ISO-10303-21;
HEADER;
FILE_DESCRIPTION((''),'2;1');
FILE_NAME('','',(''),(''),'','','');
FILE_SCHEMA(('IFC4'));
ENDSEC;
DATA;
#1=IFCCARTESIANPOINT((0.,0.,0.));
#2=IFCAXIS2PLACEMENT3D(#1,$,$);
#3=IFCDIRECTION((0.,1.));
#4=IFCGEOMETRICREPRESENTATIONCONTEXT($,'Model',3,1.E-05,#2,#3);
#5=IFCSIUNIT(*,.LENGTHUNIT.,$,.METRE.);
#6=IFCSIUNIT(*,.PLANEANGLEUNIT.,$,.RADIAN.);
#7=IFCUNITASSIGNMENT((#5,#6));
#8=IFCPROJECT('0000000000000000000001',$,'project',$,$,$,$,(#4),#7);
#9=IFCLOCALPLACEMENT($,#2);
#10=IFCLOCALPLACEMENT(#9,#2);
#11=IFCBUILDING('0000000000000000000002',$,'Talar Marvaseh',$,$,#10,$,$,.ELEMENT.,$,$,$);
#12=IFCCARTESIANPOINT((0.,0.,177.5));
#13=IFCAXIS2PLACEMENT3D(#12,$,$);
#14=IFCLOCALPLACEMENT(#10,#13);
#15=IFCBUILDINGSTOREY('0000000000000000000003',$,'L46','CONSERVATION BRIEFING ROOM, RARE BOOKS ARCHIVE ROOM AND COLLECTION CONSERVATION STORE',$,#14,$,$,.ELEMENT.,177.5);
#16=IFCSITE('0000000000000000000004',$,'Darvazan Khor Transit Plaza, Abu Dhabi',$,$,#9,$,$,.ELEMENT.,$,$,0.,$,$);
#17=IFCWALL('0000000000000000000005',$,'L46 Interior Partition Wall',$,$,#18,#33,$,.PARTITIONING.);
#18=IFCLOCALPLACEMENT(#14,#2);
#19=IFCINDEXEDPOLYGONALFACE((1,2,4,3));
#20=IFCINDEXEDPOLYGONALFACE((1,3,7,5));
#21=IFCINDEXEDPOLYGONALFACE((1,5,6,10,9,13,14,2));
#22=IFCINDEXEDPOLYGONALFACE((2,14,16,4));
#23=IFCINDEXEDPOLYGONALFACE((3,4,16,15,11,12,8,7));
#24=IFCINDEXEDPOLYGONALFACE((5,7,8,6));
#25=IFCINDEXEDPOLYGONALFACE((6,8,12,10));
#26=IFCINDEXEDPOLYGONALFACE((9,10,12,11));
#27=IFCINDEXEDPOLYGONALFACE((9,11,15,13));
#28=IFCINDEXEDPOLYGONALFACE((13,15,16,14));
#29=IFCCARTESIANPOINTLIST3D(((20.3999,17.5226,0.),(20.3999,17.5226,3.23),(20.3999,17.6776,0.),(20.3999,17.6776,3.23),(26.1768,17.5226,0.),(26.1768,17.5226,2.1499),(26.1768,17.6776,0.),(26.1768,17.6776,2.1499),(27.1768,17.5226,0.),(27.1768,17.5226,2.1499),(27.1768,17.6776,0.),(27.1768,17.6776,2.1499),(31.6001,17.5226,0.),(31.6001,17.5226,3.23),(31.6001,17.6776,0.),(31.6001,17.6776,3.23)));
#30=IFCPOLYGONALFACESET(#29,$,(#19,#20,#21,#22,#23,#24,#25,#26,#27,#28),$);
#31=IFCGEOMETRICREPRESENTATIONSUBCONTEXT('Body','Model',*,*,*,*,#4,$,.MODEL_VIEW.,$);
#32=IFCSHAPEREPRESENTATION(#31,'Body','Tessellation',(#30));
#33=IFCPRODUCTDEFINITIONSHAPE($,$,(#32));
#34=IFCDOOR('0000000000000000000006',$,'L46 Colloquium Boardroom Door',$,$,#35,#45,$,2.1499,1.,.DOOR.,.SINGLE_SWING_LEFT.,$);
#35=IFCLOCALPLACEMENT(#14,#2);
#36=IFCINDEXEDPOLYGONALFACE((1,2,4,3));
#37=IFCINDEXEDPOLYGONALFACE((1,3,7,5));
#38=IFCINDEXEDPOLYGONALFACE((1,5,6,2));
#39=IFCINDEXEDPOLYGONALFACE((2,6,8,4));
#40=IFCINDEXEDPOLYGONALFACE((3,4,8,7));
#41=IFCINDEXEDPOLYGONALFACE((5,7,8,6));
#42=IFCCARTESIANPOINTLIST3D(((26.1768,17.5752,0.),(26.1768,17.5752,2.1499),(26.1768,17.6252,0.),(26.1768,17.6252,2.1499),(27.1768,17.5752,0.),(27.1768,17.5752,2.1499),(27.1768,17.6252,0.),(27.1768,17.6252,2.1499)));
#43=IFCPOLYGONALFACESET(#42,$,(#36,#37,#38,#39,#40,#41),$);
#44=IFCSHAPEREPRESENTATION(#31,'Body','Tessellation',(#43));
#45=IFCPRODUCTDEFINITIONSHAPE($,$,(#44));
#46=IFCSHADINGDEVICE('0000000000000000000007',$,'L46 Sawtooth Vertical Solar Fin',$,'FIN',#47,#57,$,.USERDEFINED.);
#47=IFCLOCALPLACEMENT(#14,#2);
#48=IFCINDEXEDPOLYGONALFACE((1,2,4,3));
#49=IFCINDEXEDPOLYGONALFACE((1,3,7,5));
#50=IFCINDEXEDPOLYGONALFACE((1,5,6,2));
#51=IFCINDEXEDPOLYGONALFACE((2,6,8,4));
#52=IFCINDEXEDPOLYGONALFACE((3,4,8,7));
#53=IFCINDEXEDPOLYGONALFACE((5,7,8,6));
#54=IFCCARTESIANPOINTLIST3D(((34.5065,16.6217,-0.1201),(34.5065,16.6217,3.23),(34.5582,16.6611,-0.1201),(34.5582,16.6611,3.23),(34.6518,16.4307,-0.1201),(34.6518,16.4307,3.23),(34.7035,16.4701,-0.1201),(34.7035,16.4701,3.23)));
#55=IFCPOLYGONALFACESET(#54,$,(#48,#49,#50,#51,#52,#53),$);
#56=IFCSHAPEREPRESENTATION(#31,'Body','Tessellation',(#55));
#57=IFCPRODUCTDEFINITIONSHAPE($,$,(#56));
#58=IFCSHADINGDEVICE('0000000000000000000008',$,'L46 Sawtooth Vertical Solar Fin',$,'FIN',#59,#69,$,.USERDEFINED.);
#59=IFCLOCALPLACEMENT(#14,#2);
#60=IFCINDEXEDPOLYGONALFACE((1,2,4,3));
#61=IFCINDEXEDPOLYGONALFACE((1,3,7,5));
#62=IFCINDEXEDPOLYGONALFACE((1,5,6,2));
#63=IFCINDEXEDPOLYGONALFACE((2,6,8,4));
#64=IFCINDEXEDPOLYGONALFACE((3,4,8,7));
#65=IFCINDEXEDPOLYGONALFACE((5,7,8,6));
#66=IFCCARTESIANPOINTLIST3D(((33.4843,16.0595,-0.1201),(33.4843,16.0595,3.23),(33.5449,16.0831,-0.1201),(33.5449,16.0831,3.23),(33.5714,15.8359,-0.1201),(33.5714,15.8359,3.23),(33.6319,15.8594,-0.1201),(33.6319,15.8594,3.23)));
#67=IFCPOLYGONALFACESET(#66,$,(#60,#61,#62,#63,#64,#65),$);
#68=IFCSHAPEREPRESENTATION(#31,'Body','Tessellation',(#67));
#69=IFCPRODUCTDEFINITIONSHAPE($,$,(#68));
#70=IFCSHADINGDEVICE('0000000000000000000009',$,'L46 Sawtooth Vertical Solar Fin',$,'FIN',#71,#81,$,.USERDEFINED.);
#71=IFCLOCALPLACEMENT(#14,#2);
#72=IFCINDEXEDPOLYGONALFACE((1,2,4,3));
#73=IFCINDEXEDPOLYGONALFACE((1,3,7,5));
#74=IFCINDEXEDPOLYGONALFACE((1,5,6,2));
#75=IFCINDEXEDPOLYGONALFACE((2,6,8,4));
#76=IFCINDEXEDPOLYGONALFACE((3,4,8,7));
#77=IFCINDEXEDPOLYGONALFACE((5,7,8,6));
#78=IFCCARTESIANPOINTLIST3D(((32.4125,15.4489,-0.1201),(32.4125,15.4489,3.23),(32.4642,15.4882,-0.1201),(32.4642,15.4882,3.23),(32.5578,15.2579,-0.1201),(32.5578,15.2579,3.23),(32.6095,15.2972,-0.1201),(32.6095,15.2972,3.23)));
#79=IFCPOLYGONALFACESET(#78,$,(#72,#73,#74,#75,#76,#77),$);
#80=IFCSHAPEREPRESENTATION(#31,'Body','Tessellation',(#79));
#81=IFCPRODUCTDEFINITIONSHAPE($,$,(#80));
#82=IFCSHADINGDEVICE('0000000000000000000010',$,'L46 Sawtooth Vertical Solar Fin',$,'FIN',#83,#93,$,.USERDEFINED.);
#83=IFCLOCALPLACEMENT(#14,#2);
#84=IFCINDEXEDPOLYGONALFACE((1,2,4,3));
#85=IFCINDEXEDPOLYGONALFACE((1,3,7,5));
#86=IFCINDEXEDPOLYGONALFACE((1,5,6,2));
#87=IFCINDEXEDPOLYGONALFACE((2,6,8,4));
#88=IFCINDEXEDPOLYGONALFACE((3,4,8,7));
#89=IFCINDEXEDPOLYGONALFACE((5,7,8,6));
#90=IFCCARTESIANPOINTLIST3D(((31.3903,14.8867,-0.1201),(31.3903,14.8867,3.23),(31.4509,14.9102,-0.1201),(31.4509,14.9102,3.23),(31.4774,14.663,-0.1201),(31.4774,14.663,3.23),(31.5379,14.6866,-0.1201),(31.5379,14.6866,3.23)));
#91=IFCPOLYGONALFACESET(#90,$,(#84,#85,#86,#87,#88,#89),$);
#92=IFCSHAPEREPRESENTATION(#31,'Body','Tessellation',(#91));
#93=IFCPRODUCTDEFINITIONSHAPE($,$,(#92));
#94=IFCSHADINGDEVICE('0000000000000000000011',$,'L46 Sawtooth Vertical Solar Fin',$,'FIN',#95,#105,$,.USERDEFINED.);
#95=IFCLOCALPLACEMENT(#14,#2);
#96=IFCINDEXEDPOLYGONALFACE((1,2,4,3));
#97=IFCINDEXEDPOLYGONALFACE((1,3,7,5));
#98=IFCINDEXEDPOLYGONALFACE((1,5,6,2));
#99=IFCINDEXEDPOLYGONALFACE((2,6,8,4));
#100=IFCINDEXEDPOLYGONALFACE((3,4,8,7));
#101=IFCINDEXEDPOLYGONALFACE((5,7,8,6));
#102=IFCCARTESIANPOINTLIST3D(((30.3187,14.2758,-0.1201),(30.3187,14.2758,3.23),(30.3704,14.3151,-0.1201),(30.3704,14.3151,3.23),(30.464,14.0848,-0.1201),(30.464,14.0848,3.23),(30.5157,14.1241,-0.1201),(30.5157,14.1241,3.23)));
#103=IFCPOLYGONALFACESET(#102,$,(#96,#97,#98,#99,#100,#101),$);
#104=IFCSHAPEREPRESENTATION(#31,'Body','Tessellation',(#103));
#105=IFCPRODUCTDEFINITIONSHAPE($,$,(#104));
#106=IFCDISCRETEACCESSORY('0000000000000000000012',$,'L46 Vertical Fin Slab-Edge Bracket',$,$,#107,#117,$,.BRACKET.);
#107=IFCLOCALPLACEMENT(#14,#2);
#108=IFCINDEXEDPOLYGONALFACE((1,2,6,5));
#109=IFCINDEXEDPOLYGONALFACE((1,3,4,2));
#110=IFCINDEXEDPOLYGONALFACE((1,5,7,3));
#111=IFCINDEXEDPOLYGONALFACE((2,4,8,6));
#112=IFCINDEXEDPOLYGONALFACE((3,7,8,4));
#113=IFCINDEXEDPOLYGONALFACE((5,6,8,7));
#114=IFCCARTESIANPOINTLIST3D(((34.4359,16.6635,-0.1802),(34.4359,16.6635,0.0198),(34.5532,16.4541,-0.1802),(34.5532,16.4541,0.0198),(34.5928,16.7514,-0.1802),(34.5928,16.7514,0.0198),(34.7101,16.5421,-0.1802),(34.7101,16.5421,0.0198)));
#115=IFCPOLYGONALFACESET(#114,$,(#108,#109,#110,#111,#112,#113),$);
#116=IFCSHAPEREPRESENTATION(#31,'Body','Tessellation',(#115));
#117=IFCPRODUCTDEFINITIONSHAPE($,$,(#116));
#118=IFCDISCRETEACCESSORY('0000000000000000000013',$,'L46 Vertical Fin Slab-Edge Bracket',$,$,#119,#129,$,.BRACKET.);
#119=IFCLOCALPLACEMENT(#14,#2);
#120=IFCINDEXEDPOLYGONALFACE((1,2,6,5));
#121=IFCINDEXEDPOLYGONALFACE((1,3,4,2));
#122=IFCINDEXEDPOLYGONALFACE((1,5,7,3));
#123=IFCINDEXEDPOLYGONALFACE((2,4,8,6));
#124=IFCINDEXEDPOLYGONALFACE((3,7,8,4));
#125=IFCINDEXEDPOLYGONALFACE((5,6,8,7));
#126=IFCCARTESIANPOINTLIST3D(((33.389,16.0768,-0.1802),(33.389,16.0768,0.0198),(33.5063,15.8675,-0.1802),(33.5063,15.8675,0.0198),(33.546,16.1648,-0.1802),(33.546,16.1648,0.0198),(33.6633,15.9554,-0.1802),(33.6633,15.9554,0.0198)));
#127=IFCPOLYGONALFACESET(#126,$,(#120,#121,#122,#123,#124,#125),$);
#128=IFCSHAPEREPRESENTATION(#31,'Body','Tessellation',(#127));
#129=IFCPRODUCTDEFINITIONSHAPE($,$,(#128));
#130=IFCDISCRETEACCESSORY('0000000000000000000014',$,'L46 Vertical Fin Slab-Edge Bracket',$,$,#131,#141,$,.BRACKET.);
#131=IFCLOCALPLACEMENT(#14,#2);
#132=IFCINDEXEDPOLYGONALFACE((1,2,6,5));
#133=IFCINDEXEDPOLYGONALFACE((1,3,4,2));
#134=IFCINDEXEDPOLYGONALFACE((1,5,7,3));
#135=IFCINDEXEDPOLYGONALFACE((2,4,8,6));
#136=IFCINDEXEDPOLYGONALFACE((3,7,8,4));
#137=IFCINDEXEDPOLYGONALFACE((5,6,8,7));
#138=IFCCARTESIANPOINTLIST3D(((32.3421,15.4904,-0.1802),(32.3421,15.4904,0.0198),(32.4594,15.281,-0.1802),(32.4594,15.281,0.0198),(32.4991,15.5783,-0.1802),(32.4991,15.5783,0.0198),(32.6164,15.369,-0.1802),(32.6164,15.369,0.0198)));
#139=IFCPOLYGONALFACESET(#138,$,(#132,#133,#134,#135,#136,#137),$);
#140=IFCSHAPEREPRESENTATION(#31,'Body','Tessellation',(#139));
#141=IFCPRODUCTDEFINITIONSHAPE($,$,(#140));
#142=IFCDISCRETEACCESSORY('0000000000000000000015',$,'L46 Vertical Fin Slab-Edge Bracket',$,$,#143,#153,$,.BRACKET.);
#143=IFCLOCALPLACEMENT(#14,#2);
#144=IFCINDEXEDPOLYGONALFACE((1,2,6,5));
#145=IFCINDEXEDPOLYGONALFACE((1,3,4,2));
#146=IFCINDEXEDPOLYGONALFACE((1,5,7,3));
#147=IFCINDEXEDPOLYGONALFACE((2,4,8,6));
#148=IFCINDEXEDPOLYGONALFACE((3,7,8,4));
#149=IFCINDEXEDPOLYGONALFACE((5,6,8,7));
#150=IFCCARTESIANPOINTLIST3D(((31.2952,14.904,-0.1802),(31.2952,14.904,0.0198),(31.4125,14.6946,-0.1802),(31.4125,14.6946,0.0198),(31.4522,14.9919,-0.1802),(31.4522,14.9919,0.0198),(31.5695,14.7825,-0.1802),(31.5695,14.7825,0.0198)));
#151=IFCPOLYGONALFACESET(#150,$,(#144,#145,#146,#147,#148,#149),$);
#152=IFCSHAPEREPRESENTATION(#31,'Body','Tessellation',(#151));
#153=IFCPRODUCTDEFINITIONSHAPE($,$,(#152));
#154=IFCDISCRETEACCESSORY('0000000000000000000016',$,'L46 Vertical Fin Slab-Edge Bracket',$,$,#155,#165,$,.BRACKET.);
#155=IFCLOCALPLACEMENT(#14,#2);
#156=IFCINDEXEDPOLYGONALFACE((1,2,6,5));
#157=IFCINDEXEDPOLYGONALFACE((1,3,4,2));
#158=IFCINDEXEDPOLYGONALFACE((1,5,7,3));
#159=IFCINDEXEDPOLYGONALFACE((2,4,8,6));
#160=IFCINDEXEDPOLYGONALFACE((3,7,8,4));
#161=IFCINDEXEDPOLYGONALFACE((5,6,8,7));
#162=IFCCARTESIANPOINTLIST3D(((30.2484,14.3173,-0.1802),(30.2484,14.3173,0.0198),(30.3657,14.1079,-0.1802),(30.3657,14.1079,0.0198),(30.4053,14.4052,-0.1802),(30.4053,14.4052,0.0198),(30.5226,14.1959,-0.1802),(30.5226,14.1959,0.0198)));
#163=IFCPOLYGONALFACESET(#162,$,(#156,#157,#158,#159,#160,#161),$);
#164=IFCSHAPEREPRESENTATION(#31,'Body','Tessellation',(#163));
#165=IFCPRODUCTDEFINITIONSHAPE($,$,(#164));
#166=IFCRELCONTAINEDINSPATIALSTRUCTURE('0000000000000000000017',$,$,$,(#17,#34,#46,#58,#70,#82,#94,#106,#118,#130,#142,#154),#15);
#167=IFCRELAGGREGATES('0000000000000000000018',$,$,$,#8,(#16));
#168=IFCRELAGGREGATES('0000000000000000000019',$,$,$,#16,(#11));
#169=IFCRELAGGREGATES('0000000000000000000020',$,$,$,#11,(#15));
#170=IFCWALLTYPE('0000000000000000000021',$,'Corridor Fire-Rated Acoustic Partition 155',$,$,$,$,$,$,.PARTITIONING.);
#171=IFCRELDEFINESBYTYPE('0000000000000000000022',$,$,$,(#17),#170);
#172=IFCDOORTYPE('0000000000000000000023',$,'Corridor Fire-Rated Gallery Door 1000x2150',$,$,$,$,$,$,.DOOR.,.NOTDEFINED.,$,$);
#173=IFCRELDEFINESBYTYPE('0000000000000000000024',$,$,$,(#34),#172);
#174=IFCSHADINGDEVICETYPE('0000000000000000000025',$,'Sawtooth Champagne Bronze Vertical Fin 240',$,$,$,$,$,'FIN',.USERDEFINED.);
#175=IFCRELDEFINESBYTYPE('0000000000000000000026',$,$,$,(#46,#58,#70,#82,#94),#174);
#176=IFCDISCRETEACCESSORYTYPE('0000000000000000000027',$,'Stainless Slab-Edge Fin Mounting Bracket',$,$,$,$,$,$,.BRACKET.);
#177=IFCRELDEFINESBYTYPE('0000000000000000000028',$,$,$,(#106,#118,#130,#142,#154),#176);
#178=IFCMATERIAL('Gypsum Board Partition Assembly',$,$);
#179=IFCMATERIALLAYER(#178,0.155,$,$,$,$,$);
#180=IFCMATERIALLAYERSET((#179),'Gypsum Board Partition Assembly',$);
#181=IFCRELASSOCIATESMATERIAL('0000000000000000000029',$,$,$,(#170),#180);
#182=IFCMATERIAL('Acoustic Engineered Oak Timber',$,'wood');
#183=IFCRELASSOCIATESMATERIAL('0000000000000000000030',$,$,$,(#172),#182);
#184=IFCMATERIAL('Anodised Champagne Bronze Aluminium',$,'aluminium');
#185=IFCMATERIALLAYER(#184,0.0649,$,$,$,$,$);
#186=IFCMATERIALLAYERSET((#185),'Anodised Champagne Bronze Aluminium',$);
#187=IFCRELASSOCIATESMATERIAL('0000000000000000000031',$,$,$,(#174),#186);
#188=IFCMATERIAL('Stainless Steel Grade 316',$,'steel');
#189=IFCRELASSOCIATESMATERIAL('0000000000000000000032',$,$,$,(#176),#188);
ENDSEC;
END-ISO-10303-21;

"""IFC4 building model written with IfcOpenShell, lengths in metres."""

from ifc_helpers import new_model, si_unit, direction, frame, frame_2d, origin, origin_2d, place, context, subcontext, project, spatial, rectangle, extrude, source, transform, mapped, material, layer, layer_set, type_object, type_shapes, element, fill, save


model = new_model("IFC4")

# Units and contexts
model_context = context("Model", 3, precision=1e-05, world=origin(), true_north=direction((0.0, 1.0)))
body_context = subcontext(model_context, "Body", "Model", "MODEL_VIEW")
ifc_project = project(units=[si_unit("LENGTHUNIT", "METRE"), si_unit("PLANEANGLEUNIT", "RADIAN")], contexts=[model_context])

# Site, building, storey
site_placement = place(None, origin())
site = spatial("IfcSite", under=ifc_project, at=site_placement, Name="Darvazan Khor Transit Plaza, Abu Dhabi", CompositionType="ELEMENT", RefElevation=0.0)
building_placement = place(site_placement, origin())
building = spatial("IfcBuilding", under=site, at=building_placement, Name="Talar Marvaseh", CompositionType="ELEMENT")
storey_placement = place(building_placement, frame((0.0, 0.0, 177.5)))
storey = spatial("IfcBuildingStorey", under=building, at=storey_placement, Name="L46", Description="CONSERVATION BRIEFING ROOM, RARE BOOKS ARCHIVE ROOM AND COLLECTION CONSERVATION STORE", CompositionType="ELEMENT", Elevation=177.5)

# Wall, opening, door
ifc_material_1 = material(Name="Gypsum Board Partition Assembly")
ifc_layer_1 = layer(ifc_material_1, 0.155)
ifc_layer_set_1 = layer_set([ifc_layer_1], Name="Gypsum Board Partition Assembly")
wall_type = type_object("IfcWallType", Name="Corridor Fire-Rated Acoustic Partition 155", PredefinedType="PARTITIONING", material=ifc_layer_set_1)
wall_placement = place(storey_placement, frame((31.6001, 17.6001, 0.0), z_axis=(0.0, 0.0, 1.0), x_axis=(-1.0, 0.0, 0.0)))
wall = element("IfcWall", 1, at=wall_placement, inside=storey, type_object=wall_type, Name="L46 Interior Partition Wall", PredefinedType="PARTITIONING", context=body_context, shape_type="SweptSolid", body=[
    extrude(rectangle(XDim=11.2002, YDim=0.155, at=frame_2d((5.6001, 0.0))), origin(), (0.0, 0.0, 1.0), 3.23),
])
opening_placement = place(wall_placement, frame((4.4233, 0.0, 0.0)))
opening = element("IfcOpeningElement", 2, at=opening_placement, cuts=wall, PredefinedType="OPENING", context=body_context, shape_type="SweptSolid", body=[
    extrude(rectangle(XDim=1.0, YDim=2.1499, at=frame_2d((0.5, 1.075))), frame((0.0, 0.0874, 0.0), z_axis=(0.0, -1.0, 0.0), x_axis=(1.0, 0.0, 0.0)), (0.0, 0.0, 1.0), 0.175),
])
ifc_material_2 = material(Name="Acoustic Engineered Oak Timber", Category="wood")
door_type = type_object("IfcDoorType", Name="Corridor Fire-Rated Gallery Door 1000x2150", OperationType="NOTDEFINED", PredefinedType="DOOR", material=ifc_material_2)
shared_shape_1 = source(origin(), body_context, "Body", "SweptSolid", [
    extrude(rectangle(XDim=1.0, YDim=2.1499, at=frame_2d((0.5, 1.075))), frame((0.0, 0.0249, 0.0), z_axis=(0.0, -1.0, 0.0), x_axis=(1.0, 0.0, 0.0)), (0.0, 0.0, 1.0), 0.05),
])
type_shapes(door_type, [shared_shape_1])
door_placement = place(opening_placement, origin())
door = element("IfcDoor", 3, at=door_placement, inside=storey, type_object=door_type, Name="L46 Colloquium Boardroom Door", OperationType="SINGLE_SWING_LEFT", OverallHeight=2.1499, OverallWidth=1.0, PredefinedType="DOOR", context=body_context, shape_type="MappedRepresentation", body=[
    mapped(shared_shape_1, transform((0.0, 0.0, 0.0), x_axis=(1.0, 0.0, 0.0), y_axis=(0.0, 1.0, 0.0), z_axis=(0.0, 0.0, 1.0), scale=1.0)),
])
fill(opening, door)

# Shading devices
ifc_material_3 = material(Name="Anodised Champagne Bronze Aluminium", Category="aluminium")
ifc_layer_2 = layer(ifc_material_3, 0.0649)
ifc_layer_set_2 = layer_set([ifc_layer_2], Name="Anodised Champagne Bronze Aluminium")
shading_device_type = type_object("IfcShadingDeviceType", Name="Sawtooth Champagne Bronze Vertical Fin 240", ElementType="FIN", PredefinedType="USERDEFINED", material=ifc_layer_set_2)
shared_shape_2 = source(origin(), body_context, "Body", "SweptSolid", [
    extrude(rectangle(XDim=0.24, YDim=0.0649, at=origin_2d()), origin(), (0.0, 0.0, 1.0), 3.3501),
])
type_shapes(shading_device_type, [shared_shape_2])
for number, where, z_axis, x_axis, name in (
    (4, (34.605, 16.5459, -0.1201), (0.0, 0.0, 1.0), (0.605433, -0.795896, 0.0), "L46 Sawtooth Vertical Solar Fin"),
    (5, (33.5581, 15.9595, -0.1201), (0.0, 0.0, 1.0), (0.362601, -0.931945, 0.0), "L46 Sawtooth Vertical Solar Fin"),
    (6, (32.511, 15.373, -0.1201), (0.0, 0.0, 1.0), (0.605433, -0.795896, 0.0), "L46 Sawtooth Vertical Solar Fin"),
    (7, (31.4641, 14.7866, -0.1201), (0.0, 0.0, 1.0), (0.362601, -0.931945, 0.0), "L46 Sawtooth Vertical Solar Fin"),
    (8, (30.4172, 14.2, -0.1201), (0.0, 0.0, 1.0), (0.605433, -0.795896, 0.0), "L46 Sawtooth Vertical Solar Fin"),
):
    element("IfcShadingDevice", number, at=place(storey_placement, frame(where, z_axis=z_axis, x_axis=x_axis)), inside=storey, type_object=shading_device_type, Name=name, ObjectType="FIN", PredefinedType="USERDEFINED", context=body_context, shape_type="MappedRepresentation", body=[
        mapped(shared_shape_2, transform((0.0, 0.0, 0.0), x_axis=(1.0, 0.0, 0.0), y_axis=(0.0, 1.0, 0.0), z_axis=(0.0, 0.0, 1.0), scale=1.0)),
    ])

# Discrete accessories
ifc_material_4 = material(Name="Stainless Steel Grade 316", Category="steel")
discrete_accessory_type = type_object("IfcDiscreteAccessoryType", Name="Stainless Slab-Edge Fin Mounting Bracket", PredefinedType="BRACKET", material=ifc_material_4)
shared_shape_3 = source(origin(), body_context, "Body", "SweptSolid", [
    extrude(rectangle(XDim=0.24, YDim=0.1799, at=origin_2d()), origin(), (0.0, 0.0, 1.0), 0.2),
])
type_shapes(discrete_accessory_type, [shared_shape_3])
for number, where, z_axis, x_axis, name in (
    (9, (34.573, 16.6028, -0.1802), (0.0, 0.0, 1.0), (0.488774, -0.872411, 0.0), "L46 Vertical Fin Slab-Edge Bracket"),
    (10, (33.5261, 16.0161, -0.1802), (0.0, 0.0, 1.0), (0.488774, -0.872411, 0.0), "L46 Vertical Fin Slab-Edge Bracket"),
    (11, (32.4792, 15.4297, -0.1802), (0.0, 0.0, 1.0), (0.488774, -0.872411, 0.0), "L46 Vertical Fin Slab-Edge Bracket"),
    (12, (31.4324, 14.8433, -0.1802), (0.0, 0.0, 1.0), (0.488774, -0.872411, 0.0), "L46 Vertical Fin Slab-Edge Bracket"),
    (13, (30.3855, 14.2566, -0.1802), (0.0, 0.0, 1.0), (0.488774, -0.872411, 0.0), "L46 Vertical Fin Slab-Edge Bracket"),
):
    element("IfcDiscreteAccessory", number, at=place(storey_placement, frame(where, z_axis=z_axis, x_axis=x_axis)), inside=storey, type_object=discrete_accessory_type, Name=name, PredefinedType="BRACKET", context=body_context, shape_type="MappedRepresentation", body=[
        mapped(shared_shape_3, transform((0.0, 0.0, 0.0), x_axis=(1.0, 0.0, 0.0), y_axis=(0.0, 1.0, 0.0), z_axis=(0.0, 0.0, 1.0), scale=1.0)),
    ])

save(model, "model.ifc")
